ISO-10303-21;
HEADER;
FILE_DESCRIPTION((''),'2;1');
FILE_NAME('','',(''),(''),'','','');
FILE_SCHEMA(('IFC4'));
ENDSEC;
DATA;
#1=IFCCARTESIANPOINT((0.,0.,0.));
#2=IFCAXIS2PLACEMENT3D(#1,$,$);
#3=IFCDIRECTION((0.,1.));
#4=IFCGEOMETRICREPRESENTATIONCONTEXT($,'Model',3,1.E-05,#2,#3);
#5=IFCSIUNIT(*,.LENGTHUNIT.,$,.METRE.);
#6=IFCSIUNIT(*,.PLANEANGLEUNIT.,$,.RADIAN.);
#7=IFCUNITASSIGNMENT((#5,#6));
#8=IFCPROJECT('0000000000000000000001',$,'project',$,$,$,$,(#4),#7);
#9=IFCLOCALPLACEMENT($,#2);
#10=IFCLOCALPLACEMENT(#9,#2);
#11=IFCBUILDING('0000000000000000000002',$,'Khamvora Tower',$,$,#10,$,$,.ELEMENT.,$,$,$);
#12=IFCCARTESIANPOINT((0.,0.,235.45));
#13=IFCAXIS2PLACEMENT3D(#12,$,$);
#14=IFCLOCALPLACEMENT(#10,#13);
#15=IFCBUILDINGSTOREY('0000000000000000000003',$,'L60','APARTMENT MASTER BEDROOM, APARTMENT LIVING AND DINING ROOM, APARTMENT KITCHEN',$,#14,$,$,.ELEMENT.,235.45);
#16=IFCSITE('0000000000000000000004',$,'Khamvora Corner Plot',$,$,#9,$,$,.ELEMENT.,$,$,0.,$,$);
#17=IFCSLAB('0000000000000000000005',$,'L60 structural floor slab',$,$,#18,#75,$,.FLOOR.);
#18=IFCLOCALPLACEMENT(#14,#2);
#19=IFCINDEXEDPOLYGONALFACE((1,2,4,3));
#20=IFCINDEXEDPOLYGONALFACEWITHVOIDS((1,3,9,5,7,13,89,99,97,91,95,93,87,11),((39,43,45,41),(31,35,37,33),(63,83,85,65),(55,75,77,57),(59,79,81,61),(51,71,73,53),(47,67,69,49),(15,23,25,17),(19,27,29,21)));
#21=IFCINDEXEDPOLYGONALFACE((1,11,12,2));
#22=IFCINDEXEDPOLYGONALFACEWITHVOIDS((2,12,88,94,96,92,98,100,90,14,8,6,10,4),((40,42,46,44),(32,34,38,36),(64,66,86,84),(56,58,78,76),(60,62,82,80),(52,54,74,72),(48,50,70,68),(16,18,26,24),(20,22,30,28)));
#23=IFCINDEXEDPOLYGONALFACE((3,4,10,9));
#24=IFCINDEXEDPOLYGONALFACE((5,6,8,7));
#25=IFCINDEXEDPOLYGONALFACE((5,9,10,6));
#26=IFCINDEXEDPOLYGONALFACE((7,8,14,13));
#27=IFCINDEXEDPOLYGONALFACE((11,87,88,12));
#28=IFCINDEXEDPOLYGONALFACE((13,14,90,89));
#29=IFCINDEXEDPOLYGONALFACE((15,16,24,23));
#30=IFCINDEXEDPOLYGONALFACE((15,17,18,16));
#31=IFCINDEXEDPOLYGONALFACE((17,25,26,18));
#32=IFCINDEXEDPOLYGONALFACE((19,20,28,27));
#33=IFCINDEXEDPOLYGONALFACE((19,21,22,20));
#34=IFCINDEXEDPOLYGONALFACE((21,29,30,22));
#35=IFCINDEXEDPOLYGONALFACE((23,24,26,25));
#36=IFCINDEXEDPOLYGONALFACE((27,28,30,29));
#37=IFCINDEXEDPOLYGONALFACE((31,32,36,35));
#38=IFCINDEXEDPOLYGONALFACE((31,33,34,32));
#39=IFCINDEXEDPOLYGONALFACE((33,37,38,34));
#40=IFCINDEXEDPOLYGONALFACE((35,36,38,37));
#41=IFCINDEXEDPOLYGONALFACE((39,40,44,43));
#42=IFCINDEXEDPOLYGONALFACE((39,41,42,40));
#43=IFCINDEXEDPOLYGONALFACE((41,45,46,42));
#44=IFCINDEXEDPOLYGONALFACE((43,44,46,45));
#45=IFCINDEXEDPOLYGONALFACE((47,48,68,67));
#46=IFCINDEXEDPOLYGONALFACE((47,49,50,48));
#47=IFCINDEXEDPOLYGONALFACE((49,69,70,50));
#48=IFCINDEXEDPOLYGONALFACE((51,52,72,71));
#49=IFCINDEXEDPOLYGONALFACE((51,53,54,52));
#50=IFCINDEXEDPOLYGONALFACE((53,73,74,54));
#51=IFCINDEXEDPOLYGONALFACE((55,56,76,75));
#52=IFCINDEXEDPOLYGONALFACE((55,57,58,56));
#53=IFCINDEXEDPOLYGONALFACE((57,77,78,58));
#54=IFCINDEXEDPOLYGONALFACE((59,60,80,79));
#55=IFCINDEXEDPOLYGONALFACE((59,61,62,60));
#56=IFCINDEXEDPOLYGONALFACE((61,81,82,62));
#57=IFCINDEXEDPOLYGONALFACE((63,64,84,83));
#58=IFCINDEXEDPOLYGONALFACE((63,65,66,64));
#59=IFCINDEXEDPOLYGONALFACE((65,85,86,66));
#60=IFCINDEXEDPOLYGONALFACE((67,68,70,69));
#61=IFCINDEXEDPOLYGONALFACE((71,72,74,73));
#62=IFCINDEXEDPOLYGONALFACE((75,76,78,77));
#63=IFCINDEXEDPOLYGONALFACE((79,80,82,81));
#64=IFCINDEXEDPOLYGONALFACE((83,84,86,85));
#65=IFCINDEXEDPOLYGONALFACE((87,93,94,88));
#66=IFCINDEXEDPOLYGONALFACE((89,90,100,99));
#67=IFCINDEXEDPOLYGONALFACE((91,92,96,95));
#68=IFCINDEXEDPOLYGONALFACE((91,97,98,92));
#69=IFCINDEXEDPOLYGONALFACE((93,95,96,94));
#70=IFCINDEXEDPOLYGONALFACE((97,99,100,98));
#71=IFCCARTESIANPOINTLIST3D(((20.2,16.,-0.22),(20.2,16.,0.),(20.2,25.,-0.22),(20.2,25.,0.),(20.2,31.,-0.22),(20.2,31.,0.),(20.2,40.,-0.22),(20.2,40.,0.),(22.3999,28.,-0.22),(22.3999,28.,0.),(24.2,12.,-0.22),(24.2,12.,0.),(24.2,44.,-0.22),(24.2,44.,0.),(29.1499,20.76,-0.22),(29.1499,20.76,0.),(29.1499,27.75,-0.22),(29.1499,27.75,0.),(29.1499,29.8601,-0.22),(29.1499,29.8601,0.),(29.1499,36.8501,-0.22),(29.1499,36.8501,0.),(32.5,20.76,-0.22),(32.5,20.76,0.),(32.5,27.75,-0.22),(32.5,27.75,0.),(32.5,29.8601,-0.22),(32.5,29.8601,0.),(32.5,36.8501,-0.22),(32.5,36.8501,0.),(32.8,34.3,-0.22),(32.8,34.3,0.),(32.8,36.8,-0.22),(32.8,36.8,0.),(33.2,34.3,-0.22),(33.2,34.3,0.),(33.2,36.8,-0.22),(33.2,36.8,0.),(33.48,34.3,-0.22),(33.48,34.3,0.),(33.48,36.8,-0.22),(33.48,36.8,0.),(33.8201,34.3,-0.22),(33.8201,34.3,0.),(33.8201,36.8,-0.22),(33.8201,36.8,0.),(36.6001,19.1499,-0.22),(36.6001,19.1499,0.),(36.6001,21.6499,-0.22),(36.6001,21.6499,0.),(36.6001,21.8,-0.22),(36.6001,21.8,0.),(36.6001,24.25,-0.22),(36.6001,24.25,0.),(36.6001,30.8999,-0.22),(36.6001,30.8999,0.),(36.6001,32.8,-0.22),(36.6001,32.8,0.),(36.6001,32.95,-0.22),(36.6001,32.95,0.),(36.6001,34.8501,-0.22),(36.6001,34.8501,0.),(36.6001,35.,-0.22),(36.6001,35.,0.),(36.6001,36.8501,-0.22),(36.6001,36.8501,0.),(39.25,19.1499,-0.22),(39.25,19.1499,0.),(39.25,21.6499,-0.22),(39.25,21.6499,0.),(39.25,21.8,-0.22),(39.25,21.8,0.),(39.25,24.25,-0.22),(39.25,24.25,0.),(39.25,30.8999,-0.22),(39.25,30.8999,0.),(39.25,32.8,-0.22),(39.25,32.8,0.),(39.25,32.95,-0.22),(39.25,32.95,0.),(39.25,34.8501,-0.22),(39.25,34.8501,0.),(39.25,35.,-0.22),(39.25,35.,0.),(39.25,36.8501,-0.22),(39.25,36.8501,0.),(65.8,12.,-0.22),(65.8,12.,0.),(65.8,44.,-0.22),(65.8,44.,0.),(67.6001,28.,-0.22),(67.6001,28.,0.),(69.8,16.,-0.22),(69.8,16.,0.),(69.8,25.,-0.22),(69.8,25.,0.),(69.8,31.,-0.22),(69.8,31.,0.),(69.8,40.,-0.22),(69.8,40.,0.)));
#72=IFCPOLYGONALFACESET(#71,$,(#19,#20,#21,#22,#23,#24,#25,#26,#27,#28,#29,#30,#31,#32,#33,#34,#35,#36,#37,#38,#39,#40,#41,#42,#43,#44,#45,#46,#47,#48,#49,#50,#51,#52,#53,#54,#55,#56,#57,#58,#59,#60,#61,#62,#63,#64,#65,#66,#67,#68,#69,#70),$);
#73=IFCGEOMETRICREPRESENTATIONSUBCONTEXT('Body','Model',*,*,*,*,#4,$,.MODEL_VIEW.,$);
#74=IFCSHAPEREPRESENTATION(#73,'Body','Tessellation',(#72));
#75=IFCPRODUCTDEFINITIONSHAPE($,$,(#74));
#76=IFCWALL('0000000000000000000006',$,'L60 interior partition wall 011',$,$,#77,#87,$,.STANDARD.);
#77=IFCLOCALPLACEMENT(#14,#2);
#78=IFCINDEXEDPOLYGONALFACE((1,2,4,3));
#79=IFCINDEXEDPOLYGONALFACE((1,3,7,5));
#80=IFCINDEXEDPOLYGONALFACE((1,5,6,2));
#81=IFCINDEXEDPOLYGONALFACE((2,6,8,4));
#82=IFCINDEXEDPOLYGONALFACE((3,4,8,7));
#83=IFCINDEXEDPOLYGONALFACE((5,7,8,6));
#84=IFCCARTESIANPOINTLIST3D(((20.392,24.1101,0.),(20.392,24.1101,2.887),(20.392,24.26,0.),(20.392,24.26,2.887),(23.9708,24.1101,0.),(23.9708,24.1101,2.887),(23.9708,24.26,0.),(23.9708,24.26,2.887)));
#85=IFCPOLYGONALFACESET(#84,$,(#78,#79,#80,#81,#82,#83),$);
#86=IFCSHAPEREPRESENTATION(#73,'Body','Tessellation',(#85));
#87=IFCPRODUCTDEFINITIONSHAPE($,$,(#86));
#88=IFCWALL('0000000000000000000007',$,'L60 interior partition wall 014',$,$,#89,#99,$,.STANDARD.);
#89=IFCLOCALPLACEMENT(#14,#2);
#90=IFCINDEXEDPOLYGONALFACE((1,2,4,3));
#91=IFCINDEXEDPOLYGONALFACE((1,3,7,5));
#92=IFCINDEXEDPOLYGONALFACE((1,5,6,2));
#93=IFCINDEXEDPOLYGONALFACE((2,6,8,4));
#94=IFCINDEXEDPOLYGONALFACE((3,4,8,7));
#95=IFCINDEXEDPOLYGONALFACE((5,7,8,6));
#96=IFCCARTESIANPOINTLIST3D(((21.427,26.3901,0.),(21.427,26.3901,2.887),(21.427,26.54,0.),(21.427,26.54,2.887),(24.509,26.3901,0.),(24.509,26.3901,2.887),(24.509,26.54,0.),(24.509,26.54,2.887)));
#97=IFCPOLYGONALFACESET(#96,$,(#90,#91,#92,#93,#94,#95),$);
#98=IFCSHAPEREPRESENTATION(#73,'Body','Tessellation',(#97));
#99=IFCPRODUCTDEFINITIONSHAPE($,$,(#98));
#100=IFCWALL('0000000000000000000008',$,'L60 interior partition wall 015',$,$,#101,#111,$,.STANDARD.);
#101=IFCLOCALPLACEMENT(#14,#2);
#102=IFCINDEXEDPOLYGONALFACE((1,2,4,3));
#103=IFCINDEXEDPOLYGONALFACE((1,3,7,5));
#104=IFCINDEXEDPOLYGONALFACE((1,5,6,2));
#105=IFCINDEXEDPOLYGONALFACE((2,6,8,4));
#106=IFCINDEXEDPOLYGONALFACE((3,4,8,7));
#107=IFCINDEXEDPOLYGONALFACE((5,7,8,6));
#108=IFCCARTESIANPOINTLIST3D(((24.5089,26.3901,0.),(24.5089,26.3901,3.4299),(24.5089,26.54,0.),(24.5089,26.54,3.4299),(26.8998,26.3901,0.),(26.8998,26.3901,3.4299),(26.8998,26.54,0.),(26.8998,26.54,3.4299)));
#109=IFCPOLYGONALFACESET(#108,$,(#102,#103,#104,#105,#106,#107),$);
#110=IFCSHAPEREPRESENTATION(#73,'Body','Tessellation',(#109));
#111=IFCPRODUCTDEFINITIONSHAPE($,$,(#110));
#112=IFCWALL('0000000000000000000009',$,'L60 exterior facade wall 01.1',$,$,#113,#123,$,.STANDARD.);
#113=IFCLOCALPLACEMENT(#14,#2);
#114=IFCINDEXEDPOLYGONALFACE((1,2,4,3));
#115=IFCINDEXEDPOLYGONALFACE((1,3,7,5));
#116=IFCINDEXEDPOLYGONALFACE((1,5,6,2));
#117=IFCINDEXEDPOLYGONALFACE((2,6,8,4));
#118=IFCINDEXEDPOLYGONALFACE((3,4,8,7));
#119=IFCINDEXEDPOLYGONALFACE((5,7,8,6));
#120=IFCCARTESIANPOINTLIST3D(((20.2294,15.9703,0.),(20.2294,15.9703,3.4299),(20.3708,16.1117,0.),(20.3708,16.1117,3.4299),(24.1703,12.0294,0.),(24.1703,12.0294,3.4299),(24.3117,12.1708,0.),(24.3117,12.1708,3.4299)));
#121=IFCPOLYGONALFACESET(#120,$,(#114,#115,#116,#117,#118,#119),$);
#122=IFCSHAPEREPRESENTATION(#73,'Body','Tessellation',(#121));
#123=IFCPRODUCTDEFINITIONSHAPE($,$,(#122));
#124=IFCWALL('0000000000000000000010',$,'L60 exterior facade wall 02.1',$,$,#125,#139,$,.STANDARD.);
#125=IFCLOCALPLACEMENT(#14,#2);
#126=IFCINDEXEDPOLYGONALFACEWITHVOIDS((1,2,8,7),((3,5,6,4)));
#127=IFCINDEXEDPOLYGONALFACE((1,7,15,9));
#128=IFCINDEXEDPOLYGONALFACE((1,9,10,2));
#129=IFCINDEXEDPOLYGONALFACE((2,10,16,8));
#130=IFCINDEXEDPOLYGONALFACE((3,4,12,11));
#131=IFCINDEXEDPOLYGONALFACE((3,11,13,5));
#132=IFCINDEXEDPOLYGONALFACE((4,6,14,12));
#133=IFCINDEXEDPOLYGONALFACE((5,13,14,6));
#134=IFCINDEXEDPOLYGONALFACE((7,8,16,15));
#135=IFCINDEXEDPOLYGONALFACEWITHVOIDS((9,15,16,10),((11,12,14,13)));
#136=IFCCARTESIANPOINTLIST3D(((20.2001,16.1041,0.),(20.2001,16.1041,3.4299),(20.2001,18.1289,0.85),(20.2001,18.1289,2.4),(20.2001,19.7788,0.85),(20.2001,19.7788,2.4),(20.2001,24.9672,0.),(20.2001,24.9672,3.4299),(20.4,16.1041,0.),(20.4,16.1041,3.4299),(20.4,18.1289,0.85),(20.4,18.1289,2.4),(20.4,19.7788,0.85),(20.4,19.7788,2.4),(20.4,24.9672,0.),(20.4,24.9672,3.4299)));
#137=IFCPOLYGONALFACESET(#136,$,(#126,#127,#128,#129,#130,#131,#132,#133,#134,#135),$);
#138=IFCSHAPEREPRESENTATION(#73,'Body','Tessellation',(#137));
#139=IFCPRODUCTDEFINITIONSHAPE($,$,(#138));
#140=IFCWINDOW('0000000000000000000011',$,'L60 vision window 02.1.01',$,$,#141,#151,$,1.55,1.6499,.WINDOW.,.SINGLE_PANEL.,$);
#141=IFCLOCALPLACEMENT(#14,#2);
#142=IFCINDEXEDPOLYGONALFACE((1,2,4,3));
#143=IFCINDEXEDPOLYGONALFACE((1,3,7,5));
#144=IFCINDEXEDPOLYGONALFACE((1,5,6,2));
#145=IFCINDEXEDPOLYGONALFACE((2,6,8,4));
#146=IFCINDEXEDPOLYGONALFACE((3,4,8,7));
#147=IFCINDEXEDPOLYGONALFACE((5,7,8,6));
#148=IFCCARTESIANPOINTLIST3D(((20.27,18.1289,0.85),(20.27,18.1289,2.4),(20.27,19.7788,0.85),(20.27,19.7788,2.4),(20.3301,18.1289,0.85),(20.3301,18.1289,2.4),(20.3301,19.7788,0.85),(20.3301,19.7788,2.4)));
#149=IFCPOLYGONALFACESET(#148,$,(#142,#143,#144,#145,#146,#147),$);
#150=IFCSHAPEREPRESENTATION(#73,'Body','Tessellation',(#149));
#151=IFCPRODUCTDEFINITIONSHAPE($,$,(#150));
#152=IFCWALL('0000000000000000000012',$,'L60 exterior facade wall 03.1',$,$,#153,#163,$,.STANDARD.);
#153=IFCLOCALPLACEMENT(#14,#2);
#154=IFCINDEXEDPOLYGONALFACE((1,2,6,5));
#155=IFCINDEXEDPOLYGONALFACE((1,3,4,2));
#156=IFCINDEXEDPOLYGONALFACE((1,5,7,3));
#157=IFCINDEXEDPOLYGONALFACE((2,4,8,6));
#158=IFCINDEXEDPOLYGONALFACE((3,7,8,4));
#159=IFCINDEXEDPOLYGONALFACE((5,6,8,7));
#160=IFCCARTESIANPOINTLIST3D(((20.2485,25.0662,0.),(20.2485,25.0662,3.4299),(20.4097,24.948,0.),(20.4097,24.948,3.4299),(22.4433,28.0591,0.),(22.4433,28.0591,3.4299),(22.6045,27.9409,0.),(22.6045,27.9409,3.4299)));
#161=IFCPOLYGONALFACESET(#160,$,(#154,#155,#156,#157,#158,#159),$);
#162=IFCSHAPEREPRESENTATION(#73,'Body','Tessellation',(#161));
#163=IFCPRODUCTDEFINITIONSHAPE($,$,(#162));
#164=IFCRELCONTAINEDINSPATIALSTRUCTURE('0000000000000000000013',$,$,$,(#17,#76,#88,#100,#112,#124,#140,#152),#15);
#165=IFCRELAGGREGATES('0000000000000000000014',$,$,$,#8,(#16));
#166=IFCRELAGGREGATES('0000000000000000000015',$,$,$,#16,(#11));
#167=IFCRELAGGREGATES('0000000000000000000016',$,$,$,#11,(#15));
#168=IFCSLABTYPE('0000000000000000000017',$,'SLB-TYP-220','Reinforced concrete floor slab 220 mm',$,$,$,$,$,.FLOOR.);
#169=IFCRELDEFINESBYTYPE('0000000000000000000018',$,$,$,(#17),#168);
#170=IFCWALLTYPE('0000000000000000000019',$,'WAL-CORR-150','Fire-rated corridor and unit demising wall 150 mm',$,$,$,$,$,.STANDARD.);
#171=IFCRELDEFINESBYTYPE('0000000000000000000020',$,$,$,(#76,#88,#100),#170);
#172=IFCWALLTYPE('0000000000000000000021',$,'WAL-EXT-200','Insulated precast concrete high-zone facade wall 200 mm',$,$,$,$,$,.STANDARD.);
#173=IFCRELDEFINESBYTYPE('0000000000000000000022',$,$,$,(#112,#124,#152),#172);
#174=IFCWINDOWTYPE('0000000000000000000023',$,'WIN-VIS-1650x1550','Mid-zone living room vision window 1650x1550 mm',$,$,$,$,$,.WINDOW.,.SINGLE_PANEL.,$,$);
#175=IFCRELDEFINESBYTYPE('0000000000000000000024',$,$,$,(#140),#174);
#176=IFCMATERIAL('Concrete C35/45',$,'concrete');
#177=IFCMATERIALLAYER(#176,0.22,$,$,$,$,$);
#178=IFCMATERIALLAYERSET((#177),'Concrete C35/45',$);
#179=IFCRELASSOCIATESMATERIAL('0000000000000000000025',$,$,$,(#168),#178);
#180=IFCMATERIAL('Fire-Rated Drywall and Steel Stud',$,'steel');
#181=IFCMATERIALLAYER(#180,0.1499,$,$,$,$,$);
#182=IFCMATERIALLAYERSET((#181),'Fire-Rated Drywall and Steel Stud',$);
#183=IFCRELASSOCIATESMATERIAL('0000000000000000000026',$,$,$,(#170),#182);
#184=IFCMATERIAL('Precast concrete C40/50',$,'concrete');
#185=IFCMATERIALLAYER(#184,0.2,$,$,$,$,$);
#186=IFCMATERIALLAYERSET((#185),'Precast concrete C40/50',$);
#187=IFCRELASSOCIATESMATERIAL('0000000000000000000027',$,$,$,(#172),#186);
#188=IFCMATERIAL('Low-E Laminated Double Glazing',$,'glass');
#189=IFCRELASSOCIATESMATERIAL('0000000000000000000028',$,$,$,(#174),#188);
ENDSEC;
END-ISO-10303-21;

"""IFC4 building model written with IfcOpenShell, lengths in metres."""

from ifc_helpers import new_model, si_unit, direction, frame, frame_2d, origin, place, context, subcontext, project, spatial, polyline, rectangle, outline, extrude, material, layer, layer_set, type_object, element, fill, save


model = new_model("IFC4")

# Units and contexts
model_context = context("Model", 3, precision=1e-05, world=origin(), true_north=direction((0.0, 1.0)))
body_context = subcontext(model_context, "Body", "Model", "MODEL_VIEW")
ifc_project = project(units=[si_unit("LENGTHUNIT", "METRE"), si_unit("PLANEANGLEUNIT", "RADIAN")], contexts=[model_context])

# Site, building, storey
site_placement = place(None, origin())
site = spatial("IfcSite", under=ifc_project, at=site_placement, Name="Khamvora Corner Plot", CompositionType="ELEMENT", RefElevation=0.0)
building_placement = place(site_placement, origin())
building = spatial("IfcBuilding", under=site, at=building_placement, Name="Khamvora Tower", CompositionType="ELEMENT")
storey_placement = place(building_placement, frame((0.0, 0.0, 235.45)))
storey = spatial("IfcBuildingStorey", under=building, at=storey_placement, Name="L60", Description="APARTMENT MASTER BEDROOM, APARTMENT LIVING AND DINING ROOM, APARTMENT KITCHEN", CompositionType="ELEMENT", Elevation=235.45)

# Slab
ifc_material_1 = material(Name="Concrete C35/45", Category="concrete")
ifc_layer_1 = layer(ifc_material_1, 0.22)
ifc_layer_set_1 = layer_set([ifc_layer_1], Name="Concrete C35/45")
slab_type_1 = type_object("IfcSlabType", Name="SLB-TYP-220", Description="Reinforced concrete floor slab 220 mm", PredefinedType="FLOOR", material=ifc_layer_set_1)
slab_1_placement = place(storey_placement, frame((0.0, 0.0, -0.22)))
element("IfcSlab", 1, at=slab_1_placement, inside=storey, type_object=slab_type_1, Name="L60 structural floor slab", PredefinedType="FLOOR", context=body_context, shape_type="SweptSolid", body=[
    extrude(outline(polyline([(24.2, 12.0), (65.8, 12.0), (69.8, 16.0), (69.8, 25.0), (67.6001, 28.0), (69.8, 31.0), (69.8, 40.0), (65.8, 44.0), (24.2, 44.0), (20.2, 40.0), (20.2, 31.0), (22.3999, 28.0), (20.2, 25.0), (20.2, 16.0), (24.2, 12.0)]), holes=[polyline([(32.5, 20.76), (32.5, 27.75), (29.1499, 27.75), (29.1499, 20.76), (32.5, 20.76)]), polyline([(32.5, 29.8601), (32.5, 36.8501), (29.1499, 36.8501), (29.1499, 29.8601), (32.5, 29.8601)]), polyline([(36.6001, 19.1499), (39.25, 19.1499), (39.25, 21.6499), (36.6001, 21.6499), (36.6001, 19.1499)]), polyline([(36.6001, 21.8), (39.25, 21.8), (39.25, 24.25), (36.6001, 24.25), (36.6001, 21.8)]), polyline([(36.6001, 30.8999), (39.25, 30.8999), (39.25, 32.8), (36.6001, 32.8), (36.6001, 30.8999)]), polyline([(36.6001, 32.95), (39.25, 32.95), (39.25, 34.8501), (36.6001, 34.8501), (36.6001, 32.95)]), polyline([(36.6001, 35.0), (39.25, 35.0), (39.25, 36.8501), (36.6001, 36.8501), (36.6001, 35.0)]), polyline([(32.8, 34.3), (33.2, 34.3), (33.2, 36.8), (32.8, 36.8), (32.8, 34.3)]), polyline([(33.48, 34.3), (33.8201, 34.3), (33.8201, 36.8), (33.48, 36.8), (33.48, 34.3)])]), origin(), (0.0, 0.0, 1.0), 0.22),
])

# Walls
ifc_material_2 = material(Name="Fire-Rated Drywall and Steel Stud", Category="steel")
ifc_layer_2 = layer(ifc_material_2, 0.1499)
ifc_layer_set_2 = layer_set([ifc_layer_2], Name="Fire-Rated Drywall and Steel Stud")
wall_type_1 = type_object("IfcWallType", Name="WAL-CORR-150", Description="Fire-rated corridor and unit demising wall 150 mm", PredefinedType="STANDARD", material=ifc_layer_set_2)
wall_1_placement = place(storey_placement, frame((23.9709, 24.1851, 0.0), z_axis=(0.0, 0.0, 1.0), x_axis=(-1.0, 0.0, 0.0)))
element("IfcWall", 2, at=wall_1_placement, inside=storey, type_object=wall_type_1, Name="L60 interior partition wall 011", PredefinedType="STANDARD", context=body_context, shape_type="SweptSolid", body=[
    extrude(rectangle(XDim=3.5789, YDim=0.1499, at=frame_2d((1.7896, 0.0))), origin(), (0.0, 0.0, 1.0), 2.887),
])
wall_2_placement = place(storey_placement, frame((21.427, 26.4651, 0.0), z_axis=(0.0, 0.0, 1.0), x_axis=(1.0, 0.0, 0.0)))
element("IfcWall", 3, at=wall_2_placement, inside=storey, type_object=wall_type_1, Name="L60 interior partition wall 014", PredefinedType="STANDARD", context=body_context, shape_type="SweptSolid", body=[
    extrude(rectangle(XDim=3.082, YDim=0.1499, at=frame_2d((1.541, 0.0))), origin(), (0.0, 0.0, 1.0), 2.887),
])
wall_3_placement = place(storey_placement, frame((24.509, 26.4651, 0.0), z_axis=(0.0, 0.0, 1.0), x_axis=(1.0, 0.0, 0.0)))
element("IfcWall", 4, at=wall_3_placement, inside=storey, type_object=wall_type_1, Name="L60 interior partition wall 015", PredefinedType="STANDARD", context=body_context, shape_type="SweptSolid", body=[
    extrude(rectangle(XDim=2.3909, YDim=0.1499, at=frame_2d((1.1953, 0.0))), origin(), (0.0, 0.0, 1.0), 3.4299),
])
ifc_material_3 = material(Name="Precast concrete C40/50", Category="concrete")
ifc_layer_3 = layer(ifc_material_3, 0.2)
ifc_layer_set_3 = layer_set([ifc_layer_3], Name="Precast concrete C40/50")
wall_type_2 = type_object("IfcWallType", Name="WAL-EXT-200", Description="Insulated precast concrete high-zone facade wall 200 mm", PredefinedType="STANDARD", material=ifc_layer_set_3)
wall_4_placement = place(storey_placement, frame((24.241, 12.1001, 0.0), z_axis=(0.0, 0.0, 1.0), x_axis=(-0.707107, 0.707107, 0.0)))
element("IfcWall", 5, at=wall_4_placement, inside=storey, type_object=wall_type_2, Name="L60 exterior facade wall 01.1", PredefinedType="STANDARD", context=body_context, shape_type="SweptSolid", body=[
    extrude(rectangle(XDim=5.5732, YDim=0.2, at=frame_2d((2.7866, 0.0))), origin(), (0.0, 0.0, 1.0), 3.4299),
])

# Wall, opening, window
wall_5_placement = place(storey_placement, frame((20.3, 16.104, 0.0), z_axis=(0.0, 0.0, 1.0), x_axis=(0.0, 1.0, 0.0)))
wall_5 = element("IfcWall", 6, at=wall_5_placement, inside=storey, type_object=wall_type_2, Name="L60 exterior facade wall 02.1", PredefinedType="STANDARD", context=body_context, shape_type="SweptSolid", body=[
    extrude(rectangle(XDim=8.863, YDim=0.2, at=frame_2d((4.4316, 0.0))), origin(), (0.0, 0.0, 1.0), 3.4299),
])
opening_1_placement = place(wall_5_placement, frame((2.0249, 0.0, 0.8501)))
opening_1 = element("IfcOpeningElement", 7, at=opening_1_placement, cuts=wall_5, PredefinedType="OPENING", context=body_context, shape_type="SweptSolid", body=[
    extrude(rectangle(XDim=1.6499, YDim=1.55, at=frame_2d((0.825, 0.7749))), frame((0.0, 0.1099, 0.0), z_axis=(0.0, -1.0, 0.0), x_axis=(1.0, 0.0, 0.0)), (0.0, 0.0, 1.0), 0.22),
])
ifc_material_4 = material(Name="Low-E Laminated Double Glazing", Category="glass")
window_type = type_object("IfcWindowType", Name="WIN-VIS-1650x1550", Description="Mid-zone living room vision window 1650x1550 mm", PartitioningType="SINGLE_PANEL", PredefinedType="WINDOW", material=ifc_material_4)
window_placement = place(opening_1_placement, origin())
window = element("IfcWindow", 8, at=window_placement, inside=storey, type_object=window_type, Name="L60 vision window 02.1.01", OverallHeight=1.55, OverallWidth=1.6499, PartitioningType="SINGLE_PANEL", PredefinedType="WINDOW", context=body_context, shape_type="SweptSolid", body=[
    extrude(rectangle(XDim=1.6499, YDim=1.55, at=frame_2d((0.825, 0.7749))), frame((0.0, 0.03, 0.0), z_axis=(0.0, -1.0, 0.0), x_axis=(1.0, 0.0, 0.0)), (0.0, 0.0, 1.0), 0.0601),
])
fill(opening_1, window)

# Wall
wall_6_placement = place(storey_placement, frame((20.3291, 25.0071, 0.0), z_axis=(0.0, 0.0, 1.0), x_axis=(0.591367, 0.806403, 0.0)))
element("IfcWall", 9, at=wall_6_placement, inside=storey, type_object=wall_type_2, Name="L60 exterior facade wall 03.1", PredefinedType="STANDARD", context=body_context, shape_type="SweptSolid", body=[
    extrude(rectangle(XDim=3.7114, YDim=0.2, at=frame_2d((1.8557, 0.0))), origin(), (0.0, 0.0, 1.0), 3.4299),
])

save(model, "model.ifc")
